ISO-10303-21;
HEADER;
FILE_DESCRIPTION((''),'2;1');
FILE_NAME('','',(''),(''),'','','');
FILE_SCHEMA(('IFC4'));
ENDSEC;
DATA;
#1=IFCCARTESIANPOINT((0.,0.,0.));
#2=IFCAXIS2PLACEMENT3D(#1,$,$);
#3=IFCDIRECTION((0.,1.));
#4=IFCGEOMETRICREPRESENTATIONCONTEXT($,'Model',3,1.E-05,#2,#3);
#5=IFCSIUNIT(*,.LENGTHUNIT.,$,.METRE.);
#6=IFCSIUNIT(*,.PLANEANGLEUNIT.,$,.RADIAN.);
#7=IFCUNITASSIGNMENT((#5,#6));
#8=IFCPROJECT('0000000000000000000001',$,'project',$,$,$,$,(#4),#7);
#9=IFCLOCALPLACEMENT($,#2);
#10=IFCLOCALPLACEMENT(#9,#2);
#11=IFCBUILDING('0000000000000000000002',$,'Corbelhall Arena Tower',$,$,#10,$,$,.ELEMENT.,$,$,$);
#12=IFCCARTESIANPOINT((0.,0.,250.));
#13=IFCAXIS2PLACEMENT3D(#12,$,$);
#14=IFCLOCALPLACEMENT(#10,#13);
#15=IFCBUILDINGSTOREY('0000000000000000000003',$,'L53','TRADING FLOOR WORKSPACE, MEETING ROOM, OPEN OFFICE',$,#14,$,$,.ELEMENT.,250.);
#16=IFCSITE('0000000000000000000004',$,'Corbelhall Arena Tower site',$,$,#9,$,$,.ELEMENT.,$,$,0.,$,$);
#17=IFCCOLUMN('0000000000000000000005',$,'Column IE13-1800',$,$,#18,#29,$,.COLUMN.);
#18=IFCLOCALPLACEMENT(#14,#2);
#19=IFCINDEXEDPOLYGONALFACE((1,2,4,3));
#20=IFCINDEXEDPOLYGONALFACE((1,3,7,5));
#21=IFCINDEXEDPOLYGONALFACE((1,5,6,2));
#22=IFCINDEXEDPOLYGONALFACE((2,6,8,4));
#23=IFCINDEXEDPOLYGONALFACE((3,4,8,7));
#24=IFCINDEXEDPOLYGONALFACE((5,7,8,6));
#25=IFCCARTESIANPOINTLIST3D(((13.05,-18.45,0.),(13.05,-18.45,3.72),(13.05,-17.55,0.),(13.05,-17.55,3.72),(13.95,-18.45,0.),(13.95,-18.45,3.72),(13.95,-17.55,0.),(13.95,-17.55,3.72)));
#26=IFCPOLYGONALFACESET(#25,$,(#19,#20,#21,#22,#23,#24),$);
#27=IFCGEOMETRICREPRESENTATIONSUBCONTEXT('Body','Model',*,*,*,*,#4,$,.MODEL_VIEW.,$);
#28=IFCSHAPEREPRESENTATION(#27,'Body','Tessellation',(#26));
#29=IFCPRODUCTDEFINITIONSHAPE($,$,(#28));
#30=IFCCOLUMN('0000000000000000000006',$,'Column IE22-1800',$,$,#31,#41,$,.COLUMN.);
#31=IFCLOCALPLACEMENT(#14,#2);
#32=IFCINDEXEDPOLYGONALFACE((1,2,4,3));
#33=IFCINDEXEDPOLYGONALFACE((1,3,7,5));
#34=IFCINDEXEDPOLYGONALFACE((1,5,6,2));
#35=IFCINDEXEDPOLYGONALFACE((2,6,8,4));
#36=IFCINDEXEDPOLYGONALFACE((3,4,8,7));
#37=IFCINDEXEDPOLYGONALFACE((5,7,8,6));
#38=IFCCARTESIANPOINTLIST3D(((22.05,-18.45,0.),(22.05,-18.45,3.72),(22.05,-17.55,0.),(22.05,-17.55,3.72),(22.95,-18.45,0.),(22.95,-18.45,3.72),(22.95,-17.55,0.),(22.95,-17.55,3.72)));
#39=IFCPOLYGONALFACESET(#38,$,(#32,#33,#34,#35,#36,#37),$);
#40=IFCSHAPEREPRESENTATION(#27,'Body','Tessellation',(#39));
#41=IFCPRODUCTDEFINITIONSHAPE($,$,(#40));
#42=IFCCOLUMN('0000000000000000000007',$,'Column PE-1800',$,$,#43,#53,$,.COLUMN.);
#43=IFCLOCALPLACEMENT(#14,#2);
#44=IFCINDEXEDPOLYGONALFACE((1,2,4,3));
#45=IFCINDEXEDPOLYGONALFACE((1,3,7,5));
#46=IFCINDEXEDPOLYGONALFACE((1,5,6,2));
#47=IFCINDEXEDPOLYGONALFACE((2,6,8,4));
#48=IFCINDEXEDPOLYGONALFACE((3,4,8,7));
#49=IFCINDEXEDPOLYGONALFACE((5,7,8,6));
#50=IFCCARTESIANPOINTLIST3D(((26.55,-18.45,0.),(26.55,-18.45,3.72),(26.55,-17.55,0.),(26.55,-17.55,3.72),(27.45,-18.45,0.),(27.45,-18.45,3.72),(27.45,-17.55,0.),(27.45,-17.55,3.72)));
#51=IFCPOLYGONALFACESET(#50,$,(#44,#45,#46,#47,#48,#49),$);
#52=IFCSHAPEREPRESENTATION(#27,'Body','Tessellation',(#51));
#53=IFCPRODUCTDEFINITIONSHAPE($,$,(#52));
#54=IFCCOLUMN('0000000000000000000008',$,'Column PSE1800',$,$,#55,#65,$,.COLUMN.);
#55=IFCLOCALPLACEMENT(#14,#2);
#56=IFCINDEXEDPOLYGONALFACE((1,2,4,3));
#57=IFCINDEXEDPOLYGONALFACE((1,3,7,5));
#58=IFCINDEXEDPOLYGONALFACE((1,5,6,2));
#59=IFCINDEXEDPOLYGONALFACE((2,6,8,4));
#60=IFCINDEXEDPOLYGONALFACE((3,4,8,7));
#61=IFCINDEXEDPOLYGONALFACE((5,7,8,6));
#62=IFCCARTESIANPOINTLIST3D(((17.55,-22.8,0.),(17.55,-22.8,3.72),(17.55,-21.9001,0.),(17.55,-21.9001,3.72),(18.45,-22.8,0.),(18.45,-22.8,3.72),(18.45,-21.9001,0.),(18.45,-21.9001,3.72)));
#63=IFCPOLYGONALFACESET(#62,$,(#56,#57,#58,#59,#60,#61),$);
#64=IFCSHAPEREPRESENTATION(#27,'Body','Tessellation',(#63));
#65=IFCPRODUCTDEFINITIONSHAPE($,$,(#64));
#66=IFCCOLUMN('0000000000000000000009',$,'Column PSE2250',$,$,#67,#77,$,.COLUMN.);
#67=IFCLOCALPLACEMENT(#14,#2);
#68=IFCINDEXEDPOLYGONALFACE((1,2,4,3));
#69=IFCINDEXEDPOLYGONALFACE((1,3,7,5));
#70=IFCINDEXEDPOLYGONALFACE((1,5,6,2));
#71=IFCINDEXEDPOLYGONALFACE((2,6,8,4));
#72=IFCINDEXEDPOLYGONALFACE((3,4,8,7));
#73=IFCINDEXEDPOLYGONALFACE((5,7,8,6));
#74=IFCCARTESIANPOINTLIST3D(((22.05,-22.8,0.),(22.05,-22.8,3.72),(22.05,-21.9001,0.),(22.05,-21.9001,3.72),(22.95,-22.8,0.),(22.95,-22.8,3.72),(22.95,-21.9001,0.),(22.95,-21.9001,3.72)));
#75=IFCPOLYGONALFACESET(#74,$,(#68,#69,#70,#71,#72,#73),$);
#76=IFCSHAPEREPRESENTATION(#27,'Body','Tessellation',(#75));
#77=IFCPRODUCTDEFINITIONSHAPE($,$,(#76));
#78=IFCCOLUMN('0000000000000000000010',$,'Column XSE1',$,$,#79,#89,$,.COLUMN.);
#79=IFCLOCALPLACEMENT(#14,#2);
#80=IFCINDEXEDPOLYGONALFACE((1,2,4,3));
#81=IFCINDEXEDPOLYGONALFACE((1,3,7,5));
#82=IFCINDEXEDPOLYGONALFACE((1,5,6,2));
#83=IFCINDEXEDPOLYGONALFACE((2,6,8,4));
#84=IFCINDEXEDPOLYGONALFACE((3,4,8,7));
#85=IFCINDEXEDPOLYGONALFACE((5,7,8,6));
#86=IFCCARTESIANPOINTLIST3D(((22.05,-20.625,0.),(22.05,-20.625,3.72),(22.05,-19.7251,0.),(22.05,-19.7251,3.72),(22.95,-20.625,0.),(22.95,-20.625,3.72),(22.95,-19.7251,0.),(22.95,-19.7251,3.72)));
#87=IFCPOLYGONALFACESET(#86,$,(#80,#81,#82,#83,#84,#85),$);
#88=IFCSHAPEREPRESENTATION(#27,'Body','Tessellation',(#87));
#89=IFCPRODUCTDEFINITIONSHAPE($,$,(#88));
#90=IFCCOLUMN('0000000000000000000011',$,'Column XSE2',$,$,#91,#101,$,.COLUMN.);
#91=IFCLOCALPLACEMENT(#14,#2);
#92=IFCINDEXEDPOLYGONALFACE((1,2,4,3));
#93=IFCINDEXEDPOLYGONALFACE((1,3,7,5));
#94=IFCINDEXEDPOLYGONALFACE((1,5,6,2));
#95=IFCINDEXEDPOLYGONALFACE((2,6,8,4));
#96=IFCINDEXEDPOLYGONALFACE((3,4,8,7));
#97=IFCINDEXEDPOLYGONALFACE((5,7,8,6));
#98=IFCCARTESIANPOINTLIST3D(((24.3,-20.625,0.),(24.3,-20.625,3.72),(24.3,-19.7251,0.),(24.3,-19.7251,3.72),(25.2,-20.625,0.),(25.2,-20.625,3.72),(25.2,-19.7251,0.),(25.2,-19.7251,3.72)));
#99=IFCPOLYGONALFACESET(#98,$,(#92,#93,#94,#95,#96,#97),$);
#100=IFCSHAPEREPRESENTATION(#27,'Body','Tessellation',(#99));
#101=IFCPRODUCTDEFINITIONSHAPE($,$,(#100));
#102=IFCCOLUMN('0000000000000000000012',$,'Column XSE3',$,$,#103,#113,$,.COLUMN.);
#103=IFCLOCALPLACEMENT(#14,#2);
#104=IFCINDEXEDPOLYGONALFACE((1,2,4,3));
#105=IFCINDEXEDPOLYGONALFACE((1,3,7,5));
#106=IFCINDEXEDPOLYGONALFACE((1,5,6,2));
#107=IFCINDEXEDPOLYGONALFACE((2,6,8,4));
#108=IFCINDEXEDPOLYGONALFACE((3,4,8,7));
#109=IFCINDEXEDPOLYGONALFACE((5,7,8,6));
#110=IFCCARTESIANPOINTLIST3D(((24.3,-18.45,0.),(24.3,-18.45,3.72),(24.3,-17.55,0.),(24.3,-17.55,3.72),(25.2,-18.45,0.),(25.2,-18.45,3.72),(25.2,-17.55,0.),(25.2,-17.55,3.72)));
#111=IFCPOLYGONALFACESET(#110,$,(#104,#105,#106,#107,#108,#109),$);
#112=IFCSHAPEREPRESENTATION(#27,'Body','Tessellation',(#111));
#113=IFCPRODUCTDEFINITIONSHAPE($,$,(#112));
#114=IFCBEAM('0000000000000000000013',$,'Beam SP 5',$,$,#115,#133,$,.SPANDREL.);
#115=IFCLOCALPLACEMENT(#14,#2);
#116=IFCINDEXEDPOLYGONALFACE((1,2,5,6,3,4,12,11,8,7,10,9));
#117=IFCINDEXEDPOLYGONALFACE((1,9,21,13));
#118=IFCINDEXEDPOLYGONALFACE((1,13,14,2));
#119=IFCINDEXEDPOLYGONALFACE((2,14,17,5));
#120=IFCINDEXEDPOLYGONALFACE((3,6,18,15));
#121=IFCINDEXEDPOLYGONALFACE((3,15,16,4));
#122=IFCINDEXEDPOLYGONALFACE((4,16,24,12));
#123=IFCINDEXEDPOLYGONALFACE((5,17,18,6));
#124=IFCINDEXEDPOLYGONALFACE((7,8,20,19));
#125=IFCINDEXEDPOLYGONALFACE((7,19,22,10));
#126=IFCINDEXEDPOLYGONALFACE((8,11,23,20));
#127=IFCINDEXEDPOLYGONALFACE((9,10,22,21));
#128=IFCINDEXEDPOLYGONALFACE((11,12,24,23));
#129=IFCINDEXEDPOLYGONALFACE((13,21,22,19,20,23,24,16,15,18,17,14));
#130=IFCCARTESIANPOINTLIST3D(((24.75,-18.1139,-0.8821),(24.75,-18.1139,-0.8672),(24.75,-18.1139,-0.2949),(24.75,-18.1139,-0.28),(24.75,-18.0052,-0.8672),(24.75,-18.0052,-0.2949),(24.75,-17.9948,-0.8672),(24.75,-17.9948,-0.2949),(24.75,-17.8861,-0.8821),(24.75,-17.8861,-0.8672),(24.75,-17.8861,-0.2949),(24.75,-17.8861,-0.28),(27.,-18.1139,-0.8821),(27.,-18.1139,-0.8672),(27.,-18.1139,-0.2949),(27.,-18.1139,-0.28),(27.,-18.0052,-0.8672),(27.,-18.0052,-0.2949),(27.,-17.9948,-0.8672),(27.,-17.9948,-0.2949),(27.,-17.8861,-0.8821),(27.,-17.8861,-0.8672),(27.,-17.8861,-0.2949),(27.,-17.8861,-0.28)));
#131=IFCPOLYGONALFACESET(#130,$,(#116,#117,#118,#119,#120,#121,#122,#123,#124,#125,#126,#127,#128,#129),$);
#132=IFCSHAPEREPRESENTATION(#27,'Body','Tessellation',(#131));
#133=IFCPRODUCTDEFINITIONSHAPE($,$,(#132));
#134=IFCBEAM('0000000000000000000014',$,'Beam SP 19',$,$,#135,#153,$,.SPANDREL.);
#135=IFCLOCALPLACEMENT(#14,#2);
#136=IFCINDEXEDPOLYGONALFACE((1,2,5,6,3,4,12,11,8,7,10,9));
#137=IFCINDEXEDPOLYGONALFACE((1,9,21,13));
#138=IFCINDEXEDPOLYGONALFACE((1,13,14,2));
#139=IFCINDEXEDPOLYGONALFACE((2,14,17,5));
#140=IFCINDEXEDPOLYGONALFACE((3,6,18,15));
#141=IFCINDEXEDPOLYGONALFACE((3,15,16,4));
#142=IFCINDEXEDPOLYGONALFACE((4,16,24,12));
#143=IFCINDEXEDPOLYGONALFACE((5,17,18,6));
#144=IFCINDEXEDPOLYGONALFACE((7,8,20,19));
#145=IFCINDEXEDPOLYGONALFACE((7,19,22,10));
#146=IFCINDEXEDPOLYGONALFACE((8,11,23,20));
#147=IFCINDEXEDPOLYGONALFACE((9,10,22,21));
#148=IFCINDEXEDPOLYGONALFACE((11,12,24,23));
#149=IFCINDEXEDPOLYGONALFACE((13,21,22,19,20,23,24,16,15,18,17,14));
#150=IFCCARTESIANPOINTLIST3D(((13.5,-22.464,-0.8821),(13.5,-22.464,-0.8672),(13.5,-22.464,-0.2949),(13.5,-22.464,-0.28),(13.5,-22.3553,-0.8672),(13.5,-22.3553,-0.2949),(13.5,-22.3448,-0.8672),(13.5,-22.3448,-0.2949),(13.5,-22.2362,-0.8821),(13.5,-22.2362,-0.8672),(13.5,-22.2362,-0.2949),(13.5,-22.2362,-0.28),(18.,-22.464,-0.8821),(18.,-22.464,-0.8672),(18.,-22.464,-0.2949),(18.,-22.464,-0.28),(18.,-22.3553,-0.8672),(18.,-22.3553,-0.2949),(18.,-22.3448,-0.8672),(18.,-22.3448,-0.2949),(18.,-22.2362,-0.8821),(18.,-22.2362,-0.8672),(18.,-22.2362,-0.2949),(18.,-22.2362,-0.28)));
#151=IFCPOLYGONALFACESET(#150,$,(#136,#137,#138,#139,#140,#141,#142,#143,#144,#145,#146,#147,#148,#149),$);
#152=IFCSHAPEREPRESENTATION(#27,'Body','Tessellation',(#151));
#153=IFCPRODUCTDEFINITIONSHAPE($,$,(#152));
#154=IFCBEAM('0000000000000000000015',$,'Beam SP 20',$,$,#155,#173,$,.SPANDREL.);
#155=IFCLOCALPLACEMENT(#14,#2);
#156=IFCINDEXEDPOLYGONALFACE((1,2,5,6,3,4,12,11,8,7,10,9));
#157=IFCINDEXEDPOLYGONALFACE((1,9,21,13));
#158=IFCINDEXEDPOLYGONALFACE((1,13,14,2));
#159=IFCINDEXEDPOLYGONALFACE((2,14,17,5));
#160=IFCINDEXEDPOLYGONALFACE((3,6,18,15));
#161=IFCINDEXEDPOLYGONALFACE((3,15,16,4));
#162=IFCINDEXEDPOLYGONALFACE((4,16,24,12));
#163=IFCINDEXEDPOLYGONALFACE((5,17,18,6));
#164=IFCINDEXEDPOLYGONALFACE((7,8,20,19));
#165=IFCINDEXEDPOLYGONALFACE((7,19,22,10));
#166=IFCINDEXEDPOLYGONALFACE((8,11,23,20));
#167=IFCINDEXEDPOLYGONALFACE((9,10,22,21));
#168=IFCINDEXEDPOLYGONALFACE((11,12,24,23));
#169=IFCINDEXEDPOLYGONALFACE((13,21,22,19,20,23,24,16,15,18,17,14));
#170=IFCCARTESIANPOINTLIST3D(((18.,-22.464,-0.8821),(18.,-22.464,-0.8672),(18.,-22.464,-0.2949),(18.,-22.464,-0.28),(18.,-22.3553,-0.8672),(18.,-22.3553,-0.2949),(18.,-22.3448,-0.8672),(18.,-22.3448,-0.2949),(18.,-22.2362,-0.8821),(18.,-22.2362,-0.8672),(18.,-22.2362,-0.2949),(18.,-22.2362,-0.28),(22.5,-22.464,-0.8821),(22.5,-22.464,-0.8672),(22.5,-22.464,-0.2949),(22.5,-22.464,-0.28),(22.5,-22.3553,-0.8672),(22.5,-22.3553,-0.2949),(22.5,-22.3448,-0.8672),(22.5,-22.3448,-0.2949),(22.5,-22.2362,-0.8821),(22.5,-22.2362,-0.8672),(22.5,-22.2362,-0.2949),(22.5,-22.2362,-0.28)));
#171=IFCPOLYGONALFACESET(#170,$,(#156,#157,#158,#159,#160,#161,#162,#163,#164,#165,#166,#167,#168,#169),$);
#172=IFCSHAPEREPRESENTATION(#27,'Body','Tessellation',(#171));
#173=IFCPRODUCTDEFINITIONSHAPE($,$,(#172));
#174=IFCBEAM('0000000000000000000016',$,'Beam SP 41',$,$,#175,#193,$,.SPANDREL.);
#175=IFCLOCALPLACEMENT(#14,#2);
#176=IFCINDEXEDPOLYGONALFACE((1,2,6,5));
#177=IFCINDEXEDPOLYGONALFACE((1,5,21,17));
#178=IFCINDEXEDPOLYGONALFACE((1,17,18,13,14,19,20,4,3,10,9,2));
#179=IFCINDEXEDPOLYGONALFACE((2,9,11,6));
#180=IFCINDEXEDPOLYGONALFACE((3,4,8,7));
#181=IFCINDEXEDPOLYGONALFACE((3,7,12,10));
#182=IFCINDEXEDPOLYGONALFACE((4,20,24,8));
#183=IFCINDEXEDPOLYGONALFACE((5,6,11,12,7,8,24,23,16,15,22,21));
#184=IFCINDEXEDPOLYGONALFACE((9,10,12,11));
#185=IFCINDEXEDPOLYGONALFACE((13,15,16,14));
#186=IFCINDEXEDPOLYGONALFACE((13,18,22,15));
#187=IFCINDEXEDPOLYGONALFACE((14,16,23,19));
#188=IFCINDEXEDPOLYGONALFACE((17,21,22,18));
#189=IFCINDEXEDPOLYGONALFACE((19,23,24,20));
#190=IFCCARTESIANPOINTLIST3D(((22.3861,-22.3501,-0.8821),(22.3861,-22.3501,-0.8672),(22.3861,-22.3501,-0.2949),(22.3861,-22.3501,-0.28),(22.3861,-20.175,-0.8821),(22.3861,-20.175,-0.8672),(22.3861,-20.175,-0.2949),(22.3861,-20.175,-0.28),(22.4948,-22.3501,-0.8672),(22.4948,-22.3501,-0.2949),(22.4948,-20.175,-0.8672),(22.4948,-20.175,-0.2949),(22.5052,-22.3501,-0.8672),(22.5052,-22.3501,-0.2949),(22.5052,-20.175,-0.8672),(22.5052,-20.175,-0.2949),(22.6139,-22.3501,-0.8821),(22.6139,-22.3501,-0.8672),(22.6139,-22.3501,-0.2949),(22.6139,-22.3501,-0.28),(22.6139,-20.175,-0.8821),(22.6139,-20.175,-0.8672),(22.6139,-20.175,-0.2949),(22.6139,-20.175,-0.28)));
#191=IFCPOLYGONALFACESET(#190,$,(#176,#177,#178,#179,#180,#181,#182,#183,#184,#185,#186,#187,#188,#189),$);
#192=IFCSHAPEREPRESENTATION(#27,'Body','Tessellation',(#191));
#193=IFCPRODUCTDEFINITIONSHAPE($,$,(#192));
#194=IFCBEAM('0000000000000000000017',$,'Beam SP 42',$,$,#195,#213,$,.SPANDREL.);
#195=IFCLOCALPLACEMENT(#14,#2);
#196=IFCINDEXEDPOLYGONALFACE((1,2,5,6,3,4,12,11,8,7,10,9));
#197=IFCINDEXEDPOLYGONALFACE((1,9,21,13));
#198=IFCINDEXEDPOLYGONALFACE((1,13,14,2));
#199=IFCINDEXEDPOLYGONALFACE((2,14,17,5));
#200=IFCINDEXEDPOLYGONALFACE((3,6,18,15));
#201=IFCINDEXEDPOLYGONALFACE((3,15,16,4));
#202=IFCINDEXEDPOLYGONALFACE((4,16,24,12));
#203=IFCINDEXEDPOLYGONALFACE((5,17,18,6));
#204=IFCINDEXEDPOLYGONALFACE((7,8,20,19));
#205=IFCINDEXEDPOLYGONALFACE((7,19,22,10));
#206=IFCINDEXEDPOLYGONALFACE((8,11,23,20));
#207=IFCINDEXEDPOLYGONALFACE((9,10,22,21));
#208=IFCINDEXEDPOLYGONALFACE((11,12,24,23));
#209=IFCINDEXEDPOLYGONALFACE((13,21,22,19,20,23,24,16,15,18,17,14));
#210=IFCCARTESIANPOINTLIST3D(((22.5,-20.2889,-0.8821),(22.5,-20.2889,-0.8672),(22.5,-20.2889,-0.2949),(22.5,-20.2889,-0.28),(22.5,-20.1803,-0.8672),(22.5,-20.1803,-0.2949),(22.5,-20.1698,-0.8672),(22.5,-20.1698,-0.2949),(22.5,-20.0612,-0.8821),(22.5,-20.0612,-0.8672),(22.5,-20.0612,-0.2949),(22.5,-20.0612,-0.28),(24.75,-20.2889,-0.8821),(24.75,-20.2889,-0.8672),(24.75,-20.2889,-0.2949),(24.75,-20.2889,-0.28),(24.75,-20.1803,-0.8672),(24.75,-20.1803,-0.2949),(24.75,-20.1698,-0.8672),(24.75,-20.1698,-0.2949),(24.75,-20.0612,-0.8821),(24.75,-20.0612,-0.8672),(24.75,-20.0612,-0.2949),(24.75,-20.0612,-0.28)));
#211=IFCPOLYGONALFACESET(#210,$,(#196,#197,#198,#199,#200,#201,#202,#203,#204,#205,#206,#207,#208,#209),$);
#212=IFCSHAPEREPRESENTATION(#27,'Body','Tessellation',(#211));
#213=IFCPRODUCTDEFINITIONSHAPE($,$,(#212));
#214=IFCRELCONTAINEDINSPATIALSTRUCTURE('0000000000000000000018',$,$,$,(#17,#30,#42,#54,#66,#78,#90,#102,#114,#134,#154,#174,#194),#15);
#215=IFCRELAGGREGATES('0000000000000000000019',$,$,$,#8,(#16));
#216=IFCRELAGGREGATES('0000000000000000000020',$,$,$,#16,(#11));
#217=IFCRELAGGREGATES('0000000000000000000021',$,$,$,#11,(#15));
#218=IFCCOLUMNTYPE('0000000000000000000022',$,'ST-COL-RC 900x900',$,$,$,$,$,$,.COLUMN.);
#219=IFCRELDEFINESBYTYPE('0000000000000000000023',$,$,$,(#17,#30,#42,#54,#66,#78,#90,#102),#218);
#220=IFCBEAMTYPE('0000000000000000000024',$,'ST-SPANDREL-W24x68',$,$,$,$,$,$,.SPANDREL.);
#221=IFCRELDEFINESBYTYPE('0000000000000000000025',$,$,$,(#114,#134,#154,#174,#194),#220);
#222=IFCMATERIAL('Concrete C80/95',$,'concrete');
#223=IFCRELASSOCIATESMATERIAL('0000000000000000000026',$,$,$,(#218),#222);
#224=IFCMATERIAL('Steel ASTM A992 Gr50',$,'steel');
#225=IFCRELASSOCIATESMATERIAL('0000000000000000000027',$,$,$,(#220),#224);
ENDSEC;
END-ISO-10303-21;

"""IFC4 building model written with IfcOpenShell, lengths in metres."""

from ifc_helpers import new_model, si_unit, direction, frame, origin, origin_2d, place, context, subcontext, project, spatial, rectangle, i_section, extrude, material, material_profile, profile_set, type_object, element, save


model = new_model("IFC4")

# Units and contexts
model_context = context("Model", 3, precision=1e-05, world=origin(), true_north=direction((0.0, 1.0)))
body_context = subcontext(model_context, "Body", "Model", "MODEL_VIEW")
ifc_project = project(units=[si_unit("LENGTHUNIT", "METRE"), si_unit("PLANEANGLEUNIT", "RADIAN")], contexts=[model_context])

# Site, building, storey
site_placement = place(None, origin())
site = spatial("IfcSite", under=ifc_project, at=site_placement, Name="Corbelhall Arena Tower site", CompositionType="ELEMENT", RefElevation=0.0)
building_placement = place(site_placement, origin())
building = spatial("IfcBuilding", under=site, at=building_placement, Name="Corbelhall Arena Tower", CompositionType="ELEMENT")
storey_placement = place(building_placement, frame((0.0, 0.0, 250.0)))
storey = spatial("IfcBuildingStorey", under=building, at=storey_placement, Name="L53", Description="TRADING FLOOR WORKSPACE, MEETING ROOM, OPEN OFFICE", CompositionType="ELEMENT", Elevation=250.0)

# Columns
ifc_material_1 = material(Name="Concrete C80/95", Category="concrete")
ifc_material_profile_1 = material_profile(ifc_material_1, rectangle(XDim=0.8999, YDim=0.8999, at=origin_2d()))
ifc_profile_set_1 = profile_set([ifc_material_profile_1], Name="Concrete C80/95")
column_type = type_object("IfcColumnType", Name="ST-COL-RC 900x900", PredefinedType="COLUMN", material=ifc_profile_set_1)
for number, where, z_axis, x_axis, name in (
    (1, (13.5, -18.0, 0.0), (0.0, 0.0, 1.0), (1.0, 0.0, 0.0), "Column IE13-1800"),
    (2, (22.5, -18.0, 0.0), (0.0, 0.0, 1.0), (1.0, 0.0, 0.0), "Column IE22-1800"),
    (3, (27.0, -18.0, 0.0), (0.0, 0.0, 1.0), (0.0, 1.0, 0.0), "Column PE-1800"),
    (4, (18.0, -22.3501, 0.0), (0.0, 0.0, 1.0), (1.0, 0.0, 0.0), "Column PSE1800"),
    (5, (22.5, -22.3501, 0.0), (0.0, 0.0, 1.0), (1.0, 0.0, 0.0), "Column PSE2250"),
    (6, (22.5, -20.175, 0.0), (0.0, 0.0, 1.0), (1.0, 0.0, 0.0), "Column XSE1"),
    (7, (24.75, -20.175, 0.0), (0.0, 0.0, 1.0), (1.0, 0.0, 0.0), "Column XSE2"),
    (8, (24.75, -18.0, 0.0), (0.0, 0.0, 1.0), (1.0, 0.0, 0.0), "Column XSE3"),
):
    element("IfcColumn", number, at=place(storey_placement, frame(where, z_axis=z_axis, x_axis=x_axis)), inside=storey, type_object=column_type, Name=name, PredefinedType="COLUMN", context=body_context, shape_type="SweptSolid", body=[
        extrude(rectangle(XDim=0.8999, YDim=0.8999, at=origin_2d()), origin(), (0.0, 0.0, 1.0), 3.72),
    ])

# Beams
ifc_material_2 = material(Name="Steel ASTM A992 Gr50", Category="steel")
ifc_material_profile_2 = material_profile(ifc_material_2, i_section(OverallWidth=0.2278, OverallDepth=0.6021, WebThickness=0.0105, FlangeThickness=0.0149, at=origin_2d()))
ifc_profile_set_2 = profile_set([ifc_material_profile_2], Name="Steel ASTM A992 Gr50")
beam_type = type_object("IfcBeamType", Name="ST-SPANDREL-W24x68", PredefinedType="SPANDREL", material=ifc_profile_set_2)
beam_1_placement = place(storey_placement, frame((27.0, -18.0, -0.5811), z_axis=(-1.0, 0.0, 0.0), x_axis=(0.0, -1.0, 0.0)))
element("IfcBeam", 9, at=beam_1_placement, inside=storey, type_object=beam_type, Name="Beam SP 5", PredefinedType="SPANDREL", context=body_context, shape_type="SweptSolid", body=[
    extrude(i_section(OverallWidth=0.2278, OverallDepth=0.6021, WebThickness=0.0105, FlangeThickness=0.0149, at=origin_2d()), origin(), (0.0, 0.0, 1.0), 2.25),
])
for number, where, z_axis, x_axis, name in (
    (10, (18.0, -22.3501, -0.5811), (-1.0, 0.0, 0.0), (0.0, -1.0, 0.0), "Beam SP 19"),
    (11, (22.5, -22.3501, -0.5811), (-1.0, 0.0, 0.0), (0.0, -1.0, 0.0), "Beam SP 20"),
):
    element("IfcBeam", number, at=place(storey_placement, frame(where, z_axis=z_axis, x_axis=x_axis)), inside=storey, type_object=beam_type, Name=name, PredefinedType="SPANDREL", context=body_context, shape_type="SweptSolid", body=[
        extrude(i_section(OverallWidth=0.2278, OverallDepth=0.6021, WebThickness=0.0105, FlangeThickness=0.0149, at=origin_2d()), origin(), (0.0, 0.0, 1.0), 4.5),
    ])
beam_2_placement = place(storey_placement, frame((22.5, -20.175, -0.5811), z_axis=(0.0, -1.0, 0.0), x_axis=(1.0, 0.0, 0.0)))
element("IfcBeam", 12, at=beam_2_placement, inside=storey, type_object=beam_type, Name="Beam SP 41", PredefinedType="SPANDREL", context=body_context, shape_type="SweptSolid", body=[
    extrude(i_section(OverallWidth=0.2278, OverallDepth=0.6021, WebThickness=0.0105, FlangeThickness=0.0149, at=origin_2d()), origin(), (0.0, 0.0, 1.0), 2.175),
])
beam_3_placement = place(storey_placement, frame((24.75, -20.175, -0.5811), z_axis=(-1.0, 0.0, 0.0), x_axis=(0.0, -1.0, 0.0)))
element("IfcBeam", 13, at=beam_3_placement, inside=storey, type_object=beam_type, Name="Beam SP 42", PredefinedType="SPANDREL", context=body_context, shape_type="SweptSolid", body=[
    extrude(i_section(OverallWidth=0.2278, OverallDepth=0.6021, WebThickness=0.0105, FlangeThickness=0.0149, at=origin_2d()), origin(), (0.0, 0.0, 1.0), 2.25),
])

save(model, "model.ifc")
